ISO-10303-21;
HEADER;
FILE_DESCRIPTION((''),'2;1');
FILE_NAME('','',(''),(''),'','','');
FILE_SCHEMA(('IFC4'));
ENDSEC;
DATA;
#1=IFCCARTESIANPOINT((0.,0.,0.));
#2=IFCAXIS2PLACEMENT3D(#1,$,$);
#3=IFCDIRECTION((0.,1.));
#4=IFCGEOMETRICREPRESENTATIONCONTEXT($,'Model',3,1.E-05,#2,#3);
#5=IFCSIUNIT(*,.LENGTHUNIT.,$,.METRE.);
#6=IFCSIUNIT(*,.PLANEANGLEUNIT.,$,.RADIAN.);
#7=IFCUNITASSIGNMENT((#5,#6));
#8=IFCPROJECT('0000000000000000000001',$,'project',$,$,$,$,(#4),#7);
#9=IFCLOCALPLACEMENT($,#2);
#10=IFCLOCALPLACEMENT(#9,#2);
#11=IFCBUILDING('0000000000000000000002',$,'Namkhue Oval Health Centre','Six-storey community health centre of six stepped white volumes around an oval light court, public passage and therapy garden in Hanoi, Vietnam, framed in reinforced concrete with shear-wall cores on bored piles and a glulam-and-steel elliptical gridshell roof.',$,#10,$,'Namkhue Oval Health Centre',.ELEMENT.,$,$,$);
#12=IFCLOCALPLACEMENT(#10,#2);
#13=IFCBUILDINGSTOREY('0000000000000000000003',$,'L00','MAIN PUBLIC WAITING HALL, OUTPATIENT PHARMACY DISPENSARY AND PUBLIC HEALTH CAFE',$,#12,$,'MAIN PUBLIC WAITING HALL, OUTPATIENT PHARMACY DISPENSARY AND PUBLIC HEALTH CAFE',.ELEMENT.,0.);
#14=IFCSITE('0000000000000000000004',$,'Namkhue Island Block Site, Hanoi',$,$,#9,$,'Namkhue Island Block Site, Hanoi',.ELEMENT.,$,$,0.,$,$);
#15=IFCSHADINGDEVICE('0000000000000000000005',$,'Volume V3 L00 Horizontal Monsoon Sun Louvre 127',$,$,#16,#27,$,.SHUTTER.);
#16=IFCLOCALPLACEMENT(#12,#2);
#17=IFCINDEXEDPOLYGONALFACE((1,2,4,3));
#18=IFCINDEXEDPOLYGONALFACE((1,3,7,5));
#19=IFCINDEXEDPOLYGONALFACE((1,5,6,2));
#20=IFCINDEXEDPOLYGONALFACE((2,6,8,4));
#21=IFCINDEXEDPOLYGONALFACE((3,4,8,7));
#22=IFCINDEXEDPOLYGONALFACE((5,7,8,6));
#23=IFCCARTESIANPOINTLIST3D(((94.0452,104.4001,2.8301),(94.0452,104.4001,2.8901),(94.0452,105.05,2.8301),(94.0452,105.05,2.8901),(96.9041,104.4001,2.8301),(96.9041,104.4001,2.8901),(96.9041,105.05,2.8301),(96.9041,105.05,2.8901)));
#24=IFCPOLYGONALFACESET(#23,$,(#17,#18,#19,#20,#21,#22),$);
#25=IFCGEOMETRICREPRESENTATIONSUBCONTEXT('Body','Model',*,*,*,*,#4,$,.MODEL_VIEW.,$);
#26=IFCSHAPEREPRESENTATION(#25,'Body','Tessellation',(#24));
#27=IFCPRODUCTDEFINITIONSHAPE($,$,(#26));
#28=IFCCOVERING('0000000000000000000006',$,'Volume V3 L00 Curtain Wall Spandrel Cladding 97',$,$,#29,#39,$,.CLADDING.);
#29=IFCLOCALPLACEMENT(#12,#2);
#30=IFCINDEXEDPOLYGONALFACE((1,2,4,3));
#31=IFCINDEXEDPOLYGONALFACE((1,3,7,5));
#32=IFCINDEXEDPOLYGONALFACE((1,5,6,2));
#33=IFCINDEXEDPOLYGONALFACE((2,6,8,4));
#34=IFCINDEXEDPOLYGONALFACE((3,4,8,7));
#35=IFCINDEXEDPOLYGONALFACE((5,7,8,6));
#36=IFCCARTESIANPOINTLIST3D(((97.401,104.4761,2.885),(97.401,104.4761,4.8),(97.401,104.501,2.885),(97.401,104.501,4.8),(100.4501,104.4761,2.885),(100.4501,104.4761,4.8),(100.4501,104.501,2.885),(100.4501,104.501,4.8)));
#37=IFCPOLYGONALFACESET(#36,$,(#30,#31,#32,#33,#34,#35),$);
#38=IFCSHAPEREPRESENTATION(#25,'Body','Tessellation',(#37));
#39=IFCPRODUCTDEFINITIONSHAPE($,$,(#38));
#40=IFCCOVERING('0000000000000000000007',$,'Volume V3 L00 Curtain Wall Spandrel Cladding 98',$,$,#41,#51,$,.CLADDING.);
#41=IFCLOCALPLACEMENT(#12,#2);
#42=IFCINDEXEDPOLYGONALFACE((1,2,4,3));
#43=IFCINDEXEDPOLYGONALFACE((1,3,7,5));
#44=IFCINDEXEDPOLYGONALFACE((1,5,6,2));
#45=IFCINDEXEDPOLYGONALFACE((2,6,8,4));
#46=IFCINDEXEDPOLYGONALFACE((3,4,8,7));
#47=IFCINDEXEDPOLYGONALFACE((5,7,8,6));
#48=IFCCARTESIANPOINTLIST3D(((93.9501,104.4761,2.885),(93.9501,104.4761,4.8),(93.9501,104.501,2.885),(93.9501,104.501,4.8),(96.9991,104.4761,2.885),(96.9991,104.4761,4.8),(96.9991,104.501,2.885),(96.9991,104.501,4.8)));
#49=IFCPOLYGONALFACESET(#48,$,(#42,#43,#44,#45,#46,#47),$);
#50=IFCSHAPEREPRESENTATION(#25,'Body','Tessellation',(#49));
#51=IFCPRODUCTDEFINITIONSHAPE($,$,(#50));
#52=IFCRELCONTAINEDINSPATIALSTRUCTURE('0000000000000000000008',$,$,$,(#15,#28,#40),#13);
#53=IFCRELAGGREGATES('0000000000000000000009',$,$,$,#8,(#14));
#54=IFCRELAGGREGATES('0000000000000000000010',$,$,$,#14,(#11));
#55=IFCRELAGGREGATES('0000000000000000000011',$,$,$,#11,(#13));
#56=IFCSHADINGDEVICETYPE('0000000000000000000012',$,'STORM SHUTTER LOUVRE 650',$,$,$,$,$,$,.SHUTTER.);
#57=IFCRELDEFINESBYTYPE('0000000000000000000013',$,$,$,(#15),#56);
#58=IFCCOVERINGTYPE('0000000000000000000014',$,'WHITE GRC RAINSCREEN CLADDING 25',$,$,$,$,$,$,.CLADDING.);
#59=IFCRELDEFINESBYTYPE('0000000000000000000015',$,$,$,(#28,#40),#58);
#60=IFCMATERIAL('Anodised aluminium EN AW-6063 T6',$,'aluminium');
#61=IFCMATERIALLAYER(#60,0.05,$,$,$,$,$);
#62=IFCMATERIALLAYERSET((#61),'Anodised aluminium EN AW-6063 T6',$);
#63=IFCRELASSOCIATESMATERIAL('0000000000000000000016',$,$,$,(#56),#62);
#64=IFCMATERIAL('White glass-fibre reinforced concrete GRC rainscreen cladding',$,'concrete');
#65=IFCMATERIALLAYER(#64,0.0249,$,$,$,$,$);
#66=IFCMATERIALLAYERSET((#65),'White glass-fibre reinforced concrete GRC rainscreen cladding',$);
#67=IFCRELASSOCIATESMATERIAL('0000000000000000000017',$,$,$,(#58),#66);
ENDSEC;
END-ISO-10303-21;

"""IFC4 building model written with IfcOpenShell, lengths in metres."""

from ifc_helpers import new_model, si_unit, direction, frame, origin, origin_2d, place, context, subcontext, project, spatial, rectangle, extrude, material, layer, layer_set, type_object, element, save


model = new_model("IFC4")

# Units and contexts
model_context = context("Model", 3, precision=1e-05, world=origin(), true_north=direction((0.0, 1.0)))
body_context = subcontext(model_context, "Body", "Model", "MODEL_VIEW")
ifc_project = project(units=[si_unit("LENGTHUNIT", "METRE"), si_unit("PLANEANGLEUNIT", "RADIAN")], contexts=[model_context])

# Site, building, storey
site_placement = place(None, origin())
site = spatial("IfcSite", under=ifc_project, at=site_placement, Name="Namkhue Island Block Site, Hanoi", LongName="Namkhue Island Block Site, Hanoi", CompositionType="ELEMENT", RefElevation=0.0)
building_placement = place(site_placement, origin())
building = spatial("IfcBuilding", under=site, at=building_placement, Name="Namkhue Oval Health Centre", Description="Six-storey community health centre of six stepped white volumes around an oval light court, public passage and therapy garden in Hanoi, Vietnam, framed in reinforced concrete with shear-wall cores on bored piles and a glulam-and-steel elliptical gridshell roof.", LongName="Namkhue Oval Health Centre", CompositionType="ELEMENT")
storey_placement = place(building_placement, origin())
storey = spatial("IfcBuildingStorey", under=building, at=storey_placement, Name="L00", Description="MAIN PUBLIC WAITING HALL, OUTPATIENT PHARMACY DISPENSARY AND PUBLIC HEALTH CAFE", LongName="MAIN PUBLIC WAITING HALL, OUTPATIENT PHARMACY DISPENSARY AND PUBLIC HEALTH CAFE", CompositionType="ELEMENT", Elevation=0.0)

# Shared definitions
ifc_material_1 = material(Name="Anodised aluminium EN AW-6063 T6", Category="aluminium")

# Shading device
ifc_layer_1 = layer(ifc_material_1, 0.05)
ifc_layer_set_1 = layer_set([ifc_layer_1], Name="Anodised aluminium EN AW-6063 T6")
shading_device_type_1 = type_object("IfcShadingDeviceType", Name="STORM SHUTTER LOUVRE 650", PredefinedType="SHUTTER", material=ifc_layer_set_1)
shading_device_1_placement = place(storey_placement, frame((95.4746, 104.7251, 2.8301), z_axis=(0.0, 0.0, 1.0), x_axis=(-1.0, 0.0, 0.0)))
element("IfcShadingDevice", 1, at=shading_device_1_placement, inside=storey, type_object=shading_device_type_1, Name="Volume V3 L00 Horizontal Monsoon Sun Louvre 127", PredefinedType="SHUTTER", context=body_context, shape_type="SweptSolid", body=[
    extrude(rectangle(XDim=2.8589, YDim=0.6499, at=origin_2d()), origin(), (0.0, 0.0, 1.0), 0.0601),
])

# Coverings
ifc_material_2 = material(Name="White glass-fibre reinforced concrete GRC rainscreen cladding", Category="concrete")
ifc_layer_2 = layer(ifc_material_2, 0.0249)
ifc_layer_set_2 = layer_set([ifc_layer_2], Name="White glass-fibre reinforced concrete GRC rainscreen cladding")
covering_type = type_object("IfcCoveringType", Name="WHITE GRC RAINSCREEN CLADDING 25", PredefinedType="CLADDING", material=ifc_layer_set_2)
for number, where, z_axis, x_axis, name in (
    (2, (98.9255, 104.4885, 2.885), (0.0, 0.0, 1.0), (-1.0, 0.0, 0.0), "Volume V3 L00 Curtain Wall Spandrel Cladding 97"),
    (3, (95.4746, 104.4885, 2.885), (0.0, 0.0, 1.0), (-1.0, 0.0, 0.0), "Volume V3 L00 Curtain Wall Spandrel Cladding 98"),
):
    element("IfcCovering", number, at=place(storey_placement, frame(where, z_axis=z_axis, x_axis=x_axis)), inside=storey, type_object=covering_type, Name=name, PredefinedType="CLADDING", context=body_context, shape_type="SweptSolid", body=[
        extrude(rectangle(XDim=3.0491, YDim=0.0249, at=origin_2d()), origin(), (0.0, 0.0, 1.0), 1.915),
    ])

save(model, "model.ifc")
